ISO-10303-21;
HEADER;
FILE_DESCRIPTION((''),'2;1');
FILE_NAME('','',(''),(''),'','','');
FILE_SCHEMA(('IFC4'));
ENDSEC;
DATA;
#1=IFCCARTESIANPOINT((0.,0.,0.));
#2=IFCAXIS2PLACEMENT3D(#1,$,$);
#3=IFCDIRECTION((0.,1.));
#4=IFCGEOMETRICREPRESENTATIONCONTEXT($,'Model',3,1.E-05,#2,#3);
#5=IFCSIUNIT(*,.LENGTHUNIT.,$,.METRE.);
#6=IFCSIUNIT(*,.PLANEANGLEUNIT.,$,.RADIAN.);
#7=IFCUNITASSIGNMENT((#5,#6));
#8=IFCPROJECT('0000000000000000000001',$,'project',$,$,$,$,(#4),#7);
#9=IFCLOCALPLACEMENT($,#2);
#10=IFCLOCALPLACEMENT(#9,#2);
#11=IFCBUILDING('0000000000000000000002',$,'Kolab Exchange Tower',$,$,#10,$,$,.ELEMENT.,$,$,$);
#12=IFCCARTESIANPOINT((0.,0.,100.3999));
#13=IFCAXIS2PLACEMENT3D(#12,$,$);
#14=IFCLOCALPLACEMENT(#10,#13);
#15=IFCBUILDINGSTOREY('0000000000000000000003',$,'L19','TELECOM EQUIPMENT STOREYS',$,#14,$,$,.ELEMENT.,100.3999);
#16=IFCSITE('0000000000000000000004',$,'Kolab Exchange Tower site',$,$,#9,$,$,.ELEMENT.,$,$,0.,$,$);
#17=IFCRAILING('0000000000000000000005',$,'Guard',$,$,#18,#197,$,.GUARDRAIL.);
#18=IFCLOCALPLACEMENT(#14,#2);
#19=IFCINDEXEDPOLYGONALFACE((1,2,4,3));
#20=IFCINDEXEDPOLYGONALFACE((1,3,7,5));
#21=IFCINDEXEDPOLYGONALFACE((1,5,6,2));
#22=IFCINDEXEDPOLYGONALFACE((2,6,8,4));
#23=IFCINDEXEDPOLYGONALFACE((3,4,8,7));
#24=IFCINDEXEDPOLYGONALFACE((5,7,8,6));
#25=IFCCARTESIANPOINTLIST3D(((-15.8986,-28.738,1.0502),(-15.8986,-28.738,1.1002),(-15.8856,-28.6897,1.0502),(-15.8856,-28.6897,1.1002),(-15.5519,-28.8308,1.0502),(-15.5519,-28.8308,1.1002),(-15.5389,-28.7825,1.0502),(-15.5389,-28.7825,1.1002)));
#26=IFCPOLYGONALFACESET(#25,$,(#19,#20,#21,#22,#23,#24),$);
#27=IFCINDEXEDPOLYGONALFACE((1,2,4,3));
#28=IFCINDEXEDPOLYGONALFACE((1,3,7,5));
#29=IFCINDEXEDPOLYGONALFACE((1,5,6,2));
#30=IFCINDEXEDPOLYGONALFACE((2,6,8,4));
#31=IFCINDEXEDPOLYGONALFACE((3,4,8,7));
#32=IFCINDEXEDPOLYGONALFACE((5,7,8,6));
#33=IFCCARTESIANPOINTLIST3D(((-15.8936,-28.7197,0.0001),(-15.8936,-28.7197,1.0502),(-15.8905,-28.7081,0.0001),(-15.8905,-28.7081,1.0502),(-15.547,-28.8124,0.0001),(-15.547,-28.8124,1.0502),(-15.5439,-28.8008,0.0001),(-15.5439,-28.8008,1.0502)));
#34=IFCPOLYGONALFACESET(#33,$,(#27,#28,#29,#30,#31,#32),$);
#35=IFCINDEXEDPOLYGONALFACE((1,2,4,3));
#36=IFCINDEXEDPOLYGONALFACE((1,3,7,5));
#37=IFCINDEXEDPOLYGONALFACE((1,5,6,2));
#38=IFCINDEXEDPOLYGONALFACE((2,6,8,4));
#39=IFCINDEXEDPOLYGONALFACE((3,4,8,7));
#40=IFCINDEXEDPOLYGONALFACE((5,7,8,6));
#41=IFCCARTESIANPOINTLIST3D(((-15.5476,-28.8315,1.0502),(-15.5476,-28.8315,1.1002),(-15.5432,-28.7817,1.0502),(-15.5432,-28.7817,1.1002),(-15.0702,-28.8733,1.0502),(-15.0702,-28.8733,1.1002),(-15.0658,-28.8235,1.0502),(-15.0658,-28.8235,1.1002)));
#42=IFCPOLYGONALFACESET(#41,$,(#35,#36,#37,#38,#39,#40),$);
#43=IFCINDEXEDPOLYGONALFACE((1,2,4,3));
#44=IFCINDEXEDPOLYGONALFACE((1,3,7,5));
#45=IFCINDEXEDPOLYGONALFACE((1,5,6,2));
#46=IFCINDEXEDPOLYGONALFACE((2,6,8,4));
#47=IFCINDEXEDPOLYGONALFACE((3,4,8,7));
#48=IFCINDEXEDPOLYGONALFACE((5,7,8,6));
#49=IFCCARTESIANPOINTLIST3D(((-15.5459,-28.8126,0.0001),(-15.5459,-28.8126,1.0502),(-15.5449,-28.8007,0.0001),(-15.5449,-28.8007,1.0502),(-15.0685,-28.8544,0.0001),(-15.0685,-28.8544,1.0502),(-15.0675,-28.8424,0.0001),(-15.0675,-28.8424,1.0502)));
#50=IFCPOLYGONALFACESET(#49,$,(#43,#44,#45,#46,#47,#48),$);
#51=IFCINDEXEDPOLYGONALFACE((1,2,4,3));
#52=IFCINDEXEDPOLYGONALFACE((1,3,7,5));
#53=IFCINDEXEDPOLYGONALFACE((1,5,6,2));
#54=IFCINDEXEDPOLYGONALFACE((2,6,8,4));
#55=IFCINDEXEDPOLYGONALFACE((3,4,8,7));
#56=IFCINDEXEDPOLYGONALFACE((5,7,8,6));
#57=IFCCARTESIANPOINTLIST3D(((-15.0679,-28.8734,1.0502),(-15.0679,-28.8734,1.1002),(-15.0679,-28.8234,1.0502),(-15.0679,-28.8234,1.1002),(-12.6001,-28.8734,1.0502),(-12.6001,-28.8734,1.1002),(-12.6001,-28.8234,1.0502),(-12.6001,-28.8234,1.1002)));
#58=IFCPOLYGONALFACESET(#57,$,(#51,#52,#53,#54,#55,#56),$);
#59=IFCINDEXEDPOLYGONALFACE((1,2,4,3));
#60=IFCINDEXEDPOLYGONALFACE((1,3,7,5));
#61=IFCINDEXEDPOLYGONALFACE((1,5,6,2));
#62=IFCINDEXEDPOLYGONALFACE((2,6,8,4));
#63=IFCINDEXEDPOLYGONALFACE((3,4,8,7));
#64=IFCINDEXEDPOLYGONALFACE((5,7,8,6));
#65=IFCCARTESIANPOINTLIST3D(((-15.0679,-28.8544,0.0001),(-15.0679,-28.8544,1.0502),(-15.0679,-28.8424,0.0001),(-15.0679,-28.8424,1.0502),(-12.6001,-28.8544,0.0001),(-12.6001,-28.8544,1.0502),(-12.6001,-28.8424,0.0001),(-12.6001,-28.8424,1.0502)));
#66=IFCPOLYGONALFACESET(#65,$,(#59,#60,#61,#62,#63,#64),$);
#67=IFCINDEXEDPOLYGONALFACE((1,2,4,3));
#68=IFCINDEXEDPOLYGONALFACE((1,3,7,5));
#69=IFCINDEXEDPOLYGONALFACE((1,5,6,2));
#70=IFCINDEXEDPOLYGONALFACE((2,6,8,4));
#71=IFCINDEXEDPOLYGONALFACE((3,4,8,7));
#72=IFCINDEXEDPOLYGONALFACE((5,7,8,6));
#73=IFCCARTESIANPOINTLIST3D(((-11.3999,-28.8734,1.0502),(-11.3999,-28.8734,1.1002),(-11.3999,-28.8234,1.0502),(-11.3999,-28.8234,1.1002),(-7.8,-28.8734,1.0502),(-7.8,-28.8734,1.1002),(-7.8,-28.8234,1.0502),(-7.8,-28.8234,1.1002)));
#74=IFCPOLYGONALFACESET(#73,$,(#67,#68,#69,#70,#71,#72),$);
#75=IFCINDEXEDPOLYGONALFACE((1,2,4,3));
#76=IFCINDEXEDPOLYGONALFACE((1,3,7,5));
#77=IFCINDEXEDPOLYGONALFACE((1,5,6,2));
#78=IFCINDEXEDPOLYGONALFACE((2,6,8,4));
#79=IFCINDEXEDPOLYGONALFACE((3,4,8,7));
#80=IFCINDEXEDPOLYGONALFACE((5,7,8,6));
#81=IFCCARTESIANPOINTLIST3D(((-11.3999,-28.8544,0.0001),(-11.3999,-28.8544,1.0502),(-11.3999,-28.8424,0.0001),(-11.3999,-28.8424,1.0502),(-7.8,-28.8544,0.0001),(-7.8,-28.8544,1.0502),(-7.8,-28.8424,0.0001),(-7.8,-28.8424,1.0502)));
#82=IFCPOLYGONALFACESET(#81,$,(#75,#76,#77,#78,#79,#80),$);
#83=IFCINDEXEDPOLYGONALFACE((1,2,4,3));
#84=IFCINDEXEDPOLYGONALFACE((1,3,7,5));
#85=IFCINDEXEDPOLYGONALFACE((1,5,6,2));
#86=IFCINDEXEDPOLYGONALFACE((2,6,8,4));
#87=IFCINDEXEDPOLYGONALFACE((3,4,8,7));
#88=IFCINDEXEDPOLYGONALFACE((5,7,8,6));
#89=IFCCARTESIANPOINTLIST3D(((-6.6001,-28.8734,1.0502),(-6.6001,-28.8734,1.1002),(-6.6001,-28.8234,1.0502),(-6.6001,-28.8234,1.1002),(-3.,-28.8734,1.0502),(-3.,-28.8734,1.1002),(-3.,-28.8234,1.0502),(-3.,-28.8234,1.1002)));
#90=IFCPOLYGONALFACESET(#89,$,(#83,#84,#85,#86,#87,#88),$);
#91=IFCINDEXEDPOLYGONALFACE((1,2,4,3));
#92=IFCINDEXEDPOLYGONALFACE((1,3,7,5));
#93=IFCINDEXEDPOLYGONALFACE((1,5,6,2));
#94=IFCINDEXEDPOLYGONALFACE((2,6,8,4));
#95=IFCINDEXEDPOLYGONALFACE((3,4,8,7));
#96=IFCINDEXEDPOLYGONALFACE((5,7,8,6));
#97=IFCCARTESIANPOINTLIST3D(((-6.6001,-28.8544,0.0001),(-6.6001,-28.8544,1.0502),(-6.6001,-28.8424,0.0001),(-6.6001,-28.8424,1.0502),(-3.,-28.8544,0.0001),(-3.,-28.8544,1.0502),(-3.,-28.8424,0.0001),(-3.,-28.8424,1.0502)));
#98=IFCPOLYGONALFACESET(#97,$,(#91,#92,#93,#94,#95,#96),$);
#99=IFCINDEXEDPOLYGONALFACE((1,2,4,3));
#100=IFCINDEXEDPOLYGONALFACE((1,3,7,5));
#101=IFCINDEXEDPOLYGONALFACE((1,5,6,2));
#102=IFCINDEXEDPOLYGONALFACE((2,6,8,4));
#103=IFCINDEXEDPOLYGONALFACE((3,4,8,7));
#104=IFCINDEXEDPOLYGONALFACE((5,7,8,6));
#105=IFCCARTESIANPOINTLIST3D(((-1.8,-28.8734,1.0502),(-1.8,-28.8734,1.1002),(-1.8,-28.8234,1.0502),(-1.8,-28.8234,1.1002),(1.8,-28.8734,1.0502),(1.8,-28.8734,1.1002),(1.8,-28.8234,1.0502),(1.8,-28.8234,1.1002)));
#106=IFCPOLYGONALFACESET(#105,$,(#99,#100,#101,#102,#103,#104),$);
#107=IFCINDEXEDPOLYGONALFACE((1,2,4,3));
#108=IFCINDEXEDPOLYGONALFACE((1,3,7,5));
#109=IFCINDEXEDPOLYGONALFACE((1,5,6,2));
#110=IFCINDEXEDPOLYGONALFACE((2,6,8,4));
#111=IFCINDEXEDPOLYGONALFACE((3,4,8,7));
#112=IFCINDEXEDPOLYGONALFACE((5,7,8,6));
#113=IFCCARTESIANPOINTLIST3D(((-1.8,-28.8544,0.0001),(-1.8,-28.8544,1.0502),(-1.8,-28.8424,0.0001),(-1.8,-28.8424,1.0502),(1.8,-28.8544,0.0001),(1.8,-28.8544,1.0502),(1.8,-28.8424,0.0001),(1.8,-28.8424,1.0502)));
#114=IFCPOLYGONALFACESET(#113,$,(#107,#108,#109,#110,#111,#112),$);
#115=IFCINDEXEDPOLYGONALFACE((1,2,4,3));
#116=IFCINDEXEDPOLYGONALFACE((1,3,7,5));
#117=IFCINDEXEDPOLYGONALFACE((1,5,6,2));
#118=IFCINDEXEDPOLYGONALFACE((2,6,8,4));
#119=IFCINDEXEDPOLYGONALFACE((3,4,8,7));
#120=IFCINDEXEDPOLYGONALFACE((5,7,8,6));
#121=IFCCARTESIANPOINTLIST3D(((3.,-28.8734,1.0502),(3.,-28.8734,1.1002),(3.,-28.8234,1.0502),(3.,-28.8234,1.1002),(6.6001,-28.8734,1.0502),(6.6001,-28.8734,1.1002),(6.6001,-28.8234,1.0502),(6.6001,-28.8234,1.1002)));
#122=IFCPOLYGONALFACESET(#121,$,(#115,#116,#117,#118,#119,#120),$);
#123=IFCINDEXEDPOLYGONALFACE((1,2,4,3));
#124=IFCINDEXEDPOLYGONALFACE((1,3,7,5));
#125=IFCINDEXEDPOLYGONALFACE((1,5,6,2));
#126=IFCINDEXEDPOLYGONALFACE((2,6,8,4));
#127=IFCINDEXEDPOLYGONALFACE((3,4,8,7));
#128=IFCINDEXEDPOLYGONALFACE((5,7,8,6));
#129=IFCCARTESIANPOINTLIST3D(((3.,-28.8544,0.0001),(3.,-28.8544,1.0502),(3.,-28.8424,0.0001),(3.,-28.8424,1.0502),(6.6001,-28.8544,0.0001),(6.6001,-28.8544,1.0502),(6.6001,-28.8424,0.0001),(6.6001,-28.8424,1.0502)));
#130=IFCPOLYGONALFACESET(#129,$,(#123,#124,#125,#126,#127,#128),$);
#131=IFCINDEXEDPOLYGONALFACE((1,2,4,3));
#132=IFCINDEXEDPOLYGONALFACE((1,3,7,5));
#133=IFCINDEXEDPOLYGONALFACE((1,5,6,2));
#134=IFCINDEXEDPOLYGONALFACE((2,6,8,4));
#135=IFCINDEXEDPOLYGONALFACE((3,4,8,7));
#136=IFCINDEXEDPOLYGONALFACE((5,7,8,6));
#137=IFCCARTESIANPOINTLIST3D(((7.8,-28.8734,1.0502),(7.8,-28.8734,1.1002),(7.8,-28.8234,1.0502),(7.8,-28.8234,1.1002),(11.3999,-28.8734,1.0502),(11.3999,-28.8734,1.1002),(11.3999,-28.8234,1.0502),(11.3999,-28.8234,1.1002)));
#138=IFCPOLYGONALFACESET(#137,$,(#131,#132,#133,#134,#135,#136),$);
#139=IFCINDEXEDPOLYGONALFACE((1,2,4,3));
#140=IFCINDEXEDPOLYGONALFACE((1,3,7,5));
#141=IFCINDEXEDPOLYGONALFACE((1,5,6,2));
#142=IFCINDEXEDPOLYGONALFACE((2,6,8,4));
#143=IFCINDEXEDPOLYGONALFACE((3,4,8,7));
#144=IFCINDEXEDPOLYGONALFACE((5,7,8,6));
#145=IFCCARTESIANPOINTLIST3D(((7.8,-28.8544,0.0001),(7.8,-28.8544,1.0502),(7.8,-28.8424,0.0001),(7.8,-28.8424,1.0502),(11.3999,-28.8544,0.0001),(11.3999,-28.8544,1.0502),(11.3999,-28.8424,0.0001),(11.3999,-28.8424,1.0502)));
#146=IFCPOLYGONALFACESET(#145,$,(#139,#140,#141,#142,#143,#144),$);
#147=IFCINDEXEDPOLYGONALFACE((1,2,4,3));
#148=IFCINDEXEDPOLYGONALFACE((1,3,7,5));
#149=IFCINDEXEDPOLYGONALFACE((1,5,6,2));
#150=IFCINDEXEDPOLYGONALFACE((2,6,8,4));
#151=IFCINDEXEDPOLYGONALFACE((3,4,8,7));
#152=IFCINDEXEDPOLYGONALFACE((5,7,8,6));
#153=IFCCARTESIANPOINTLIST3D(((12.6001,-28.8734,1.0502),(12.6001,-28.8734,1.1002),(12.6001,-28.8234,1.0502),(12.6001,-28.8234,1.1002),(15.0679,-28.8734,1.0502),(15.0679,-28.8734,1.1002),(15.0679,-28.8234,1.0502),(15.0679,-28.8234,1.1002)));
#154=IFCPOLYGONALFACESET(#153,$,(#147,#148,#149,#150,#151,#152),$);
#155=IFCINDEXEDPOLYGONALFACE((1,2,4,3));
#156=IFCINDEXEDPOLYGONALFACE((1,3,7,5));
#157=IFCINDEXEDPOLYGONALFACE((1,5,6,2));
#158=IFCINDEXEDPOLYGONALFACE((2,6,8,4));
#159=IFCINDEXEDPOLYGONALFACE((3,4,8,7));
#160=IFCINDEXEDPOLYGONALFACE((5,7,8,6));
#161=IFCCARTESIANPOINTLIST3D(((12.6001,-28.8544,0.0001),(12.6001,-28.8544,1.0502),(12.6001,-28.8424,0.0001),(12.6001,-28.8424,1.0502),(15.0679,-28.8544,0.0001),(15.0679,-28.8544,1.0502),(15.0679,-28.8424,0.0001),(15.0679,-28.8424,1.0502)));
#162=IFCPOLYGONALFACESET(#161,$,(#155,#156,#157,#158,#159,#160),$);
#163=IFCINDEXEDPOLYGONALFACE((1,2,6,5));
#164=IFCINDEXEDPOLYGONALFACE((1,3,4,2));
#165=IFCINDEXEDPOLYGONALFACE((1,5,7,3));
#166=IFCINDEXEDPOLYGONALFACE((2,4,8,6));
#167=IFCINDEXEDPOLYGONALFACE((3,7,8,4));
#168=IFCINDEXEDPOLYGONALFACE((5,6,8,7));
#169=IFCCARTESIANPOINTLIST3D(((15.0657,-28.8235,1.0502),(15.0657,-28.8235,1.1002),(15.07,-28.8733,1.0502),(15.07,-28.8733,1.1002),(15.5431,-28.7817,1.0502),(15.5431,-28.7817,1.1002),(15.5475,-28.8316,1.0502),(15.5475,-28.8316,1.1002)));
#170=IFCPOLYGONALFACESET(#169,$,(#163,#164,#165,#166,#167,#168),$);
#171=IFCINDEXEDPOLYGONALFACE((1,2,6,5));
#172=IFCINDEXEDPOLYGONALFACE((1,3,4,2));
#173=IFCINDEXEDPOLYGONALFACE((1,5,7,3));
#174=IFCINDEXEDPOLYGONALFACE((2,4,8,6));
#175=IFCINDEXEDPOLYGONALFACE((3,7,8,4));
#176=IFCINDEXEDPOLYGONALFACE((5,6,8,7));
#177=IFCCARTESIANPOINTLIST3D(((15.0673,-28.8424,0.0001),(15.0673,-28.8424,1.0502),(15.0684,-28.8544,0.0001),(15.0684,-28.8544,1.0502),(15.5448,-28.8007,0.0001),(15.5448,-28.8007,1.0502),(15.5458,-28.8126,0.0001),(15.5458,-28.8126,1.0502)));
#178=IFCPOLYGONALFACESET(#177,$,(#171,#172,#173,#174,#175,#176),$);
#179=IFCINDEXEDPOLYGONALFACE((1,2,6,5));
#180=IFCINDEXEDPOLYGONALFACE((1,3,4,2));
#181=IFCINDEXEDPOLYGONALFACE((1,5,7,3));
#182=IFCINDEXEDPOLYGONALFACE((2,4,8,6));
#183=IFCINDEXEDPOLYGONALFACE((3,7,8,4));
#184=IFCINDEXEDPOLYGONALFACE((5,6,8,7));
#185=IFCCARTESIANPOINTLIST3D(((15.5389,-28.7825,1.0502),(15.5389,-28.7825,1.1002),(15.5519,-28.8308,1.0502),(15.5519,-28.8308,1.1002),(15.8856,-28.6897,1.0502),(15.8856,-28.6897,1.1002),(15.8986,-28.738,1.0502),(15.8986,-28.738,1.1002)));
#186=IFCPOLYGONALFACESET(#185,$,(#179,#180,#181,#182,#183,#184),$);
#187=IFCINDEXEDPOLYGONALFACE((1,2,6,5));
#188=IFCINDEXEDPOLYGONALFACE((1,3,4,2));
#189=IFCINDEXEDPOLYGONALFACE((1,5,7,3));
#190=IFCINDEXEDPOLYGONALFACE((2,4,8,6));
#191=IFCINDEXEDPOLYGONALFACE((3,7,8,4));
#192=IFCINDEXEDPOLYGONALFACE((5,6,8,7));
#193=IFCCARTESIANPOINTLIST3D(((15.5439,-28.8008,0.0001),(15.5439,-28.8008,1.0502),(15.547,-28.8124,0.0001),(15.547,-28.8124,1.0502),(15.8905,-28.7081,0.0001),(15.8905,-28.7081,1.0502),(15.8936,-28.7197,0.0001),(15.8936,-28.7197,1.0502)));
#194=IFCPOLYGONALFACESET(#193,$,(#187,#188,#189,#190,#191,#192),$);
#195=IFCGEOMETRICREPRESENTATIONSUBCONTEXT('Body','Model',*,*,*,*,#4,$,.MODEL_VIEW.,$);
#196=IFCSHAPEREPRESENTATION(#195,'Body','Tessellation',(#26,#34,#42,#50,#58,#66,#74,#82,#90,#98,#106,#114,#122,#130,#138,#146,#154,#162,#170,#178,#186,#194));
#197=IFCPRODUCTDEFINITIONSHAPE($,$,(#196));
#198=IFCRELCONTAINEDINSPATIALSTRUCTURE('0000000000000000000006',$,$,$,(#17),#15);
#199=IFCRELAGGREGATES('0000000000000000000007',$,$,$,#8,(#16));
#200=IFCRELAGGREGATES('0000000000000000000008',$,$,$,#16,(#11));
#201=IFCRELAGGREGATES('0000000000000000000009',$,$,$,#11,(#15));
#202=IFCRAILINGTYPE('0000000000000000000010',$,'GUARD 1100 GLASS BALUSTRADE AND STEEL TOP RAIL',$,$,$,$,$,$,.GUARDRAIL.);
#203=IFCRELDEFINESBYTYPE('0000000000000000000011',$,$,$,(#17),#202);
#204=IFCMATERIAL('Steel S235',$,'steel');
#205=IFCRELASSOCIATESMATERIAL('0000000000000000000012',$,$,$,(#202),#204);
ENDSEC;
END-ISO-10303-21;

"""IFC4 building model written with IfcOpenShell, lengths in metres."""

from ifc_helpers import new_model, si_unit, direction, frame, frame_2d, origin, origin_2d, place, context, subcontext, project, spatial, rectangle, extrude, material, type_object, element, save


model = new_model("IFC4")

# Units and contexts
model_context = context("Model", 3, precision=1e-05, world=origin(), true_north=direction((0.0, 1.0)))
body_context = subcontext(model_context, "Body", "Model", "MODEL_VIEW")
ifc_project = project(units=[si_unit("LENGTHUNIT", "METRE"), si_unit("PLANEANGLEUNIT", "RADIAN")], contexts=[model_context])

# Site, building, storey
site_placement = place(None, origin())
site = spatial("IfcSite", under=ifc_project, at=site_placement, Name="Kolab Exchange Tower site", CompositionType="ELEMENT", RefElevation=0.0)
building_placement = place(site_placement, origin())
building = spatial("IfcBuilding", under=site, at=building_placement, Name="Kolab Exchange Tower", CompositionType="ELEMENT")
storey_placement = place(building_placement, frame((0.0, 0.0, 100.3999)))
storey = spatial("IfcBuildingStorey", under=building, at=storey_placement, Name="L19", Description="TELECOM EQUIPMENT STOREYS", CompositionType="ELEMENT", Elevation=100.3999)

# Railing
ifc_material_1 = material(Name="Steel S235", Category="steel")
railing_type = type_object("IfcRailingType", Name="GUARD 1100 GLASS BALUSTRADE AND STEEL TOP RAIL", PredefinedType="GUARDRAIL", material=ifc_material_1)
railing_placement = place(storey_placement, frame((-15.8921, -28.7139, 0.0)))
element("IfcRailing", 1, at=railing_placement, inside=storey, type_object=railing_type, Name="Guard", PredefinedType="GUARDRAIL", context=body_context, shape_type="SweptSolid", body=[
    extrude(rectangle(XDim=0.05, YDim=0.05, at=origin_2d()), frame((0.0, 0.0, 1.0752), z_axis=(0.966009, -0.258509, 0.0), x_axis=(0.258509, 0.966009, 0.0)), (0.0, 0.0, 1.0), 0.3589),
    extrude(rectangle(XDim=0.012, YDim=1.0501, at=frame_2d((0.0, 0.5251))), frame((0.0, 0.0, 0.0), z_axis=(0.966009, -0.258509, 0.0), x_axis=(0.258509, 0.966009, 0.0)), (0.0, 0.0, 1.0), 0.3589),
    extrude(rectangle(XDim=0.05, YDim=0.05, at=origin_2d()), frame((0.3467, -0.0928, 1.0752), z_axis=(0.9962, -0.087091, 0.0), x_axis=(0.087091, 0.9962, 0.0)), (0.0, 0.0, 1.0), 0.4792),
    extrude(rectangle(XDim=0.012, YDim=1.0501, at=frame_2d((0.0, 0.5251))), frame((0.3467, -0.0928, 0.0), z_axis=(0.9962, -0.087091, 0.0), x_axis=(0.087091, 0.9962, 0.0)), (0.0, 0.0, 1.0), 0.4792),
    extrude(rectangle(XDim=0.05, YDim=0.05, at=origin_2d()), frame((0.8242, -0.1345, 1.0752), z_axis=(1.0, 0.0, 0.0), x_axis=(0.0, 1.0, 0.0)), (0.0, 0.0, 1.0), 2.4678),
    extrude(rectangle(XDim=0.012, YDim=1.0501, at=frame_2d((0.0, 0.5251))), frame((0.8242, -0.1345, 0.0), z_axis=(1.0, 0.0, 0.0), x_axis=(0.0, 1.0, 0.0)), (0.0, 0.0, 1.0), 2.4678),
    extrude(rectangle(XDim=0.05, YDim=0.05, at=origin_2d()), frame((4.4922, -0.1345, 1.0752), z_axis=(1.0, 0.0, 0.0), x_axis=(0.0, 1.0, 0.0)), (0.0, 0.0, 1.0), 3.5999),
    extrude(rectangle(XDim=0.012, YDim=1.0501, at=frame_2d((0.0, 0.5251))), frame((4.4922, -0.1345, 0.0), z_axis=(1.0, 0.0, 0.0), x_axis=(0.0, 1.0, 0.0)), (0.0, 0.0, 1.0), 3.5999),
    extrude(rectangle(XDim=0.05, YDim=0.05, at=origin_2d()), frame((9.292, -0.1345, 1.0752), z_axis=(1.0, 0.0, 0.0), x_axis=(0.0, 1.0, 0.0)), (0.0, 0.0, 1.0), 3.6001),
    extrude(rectangle(XDim=0.012, YDim=1.0501, at=frame_2d((0.0, 0.5251))), frame((9.292, -0.1345, 0.0), z_axis=(1.0, 0.0, 0.0), x_axis=(0.0, 1.0, 0.0)), (0.0, 0.0, 1.0), 3.6001),
    extrude(rectangle(XDim=0.05, YDim=0.05, at=origin_2d()), frame((14.092, -0.1345, 1.0752), z_axis=(1.0, 0.0, 0.0), x_axis=(0.0, 1.0, 0.0)), (0.0, 0.0, 1.0), 3.6001),
    extrude(rectangle(XDim=0.012, YDim=1.0501, at=frame_2d((0.0, 0.5251))), frame((14.092, -0.1345, 0.0), z_axis=(1.0, 0.0, 0.0), x_axis=(0.0, 1.0, 0.0)), (0.0, 0.0, 1.0), 3.6001),
    extrude(rectangle(XDim=0.05, YDim=0.05, at=origin_2d()), frame((18.8921, -0.1345, 1.0752), z_axis=(1.0, 0.0, 0.0), x_axis=(0.0, 1.0, 0.0)), (0.0, 0.0, 1.0), 3.6001),
    extrude(rectangle(XDim=0.012, YDim=1.0501, at=frame_2d((0.0, 0.5251))), frame((18.8921, -0.1345, 0.0), z_axis=(1.0, 0.0, 0.0), x_axis=(0.0, 1.0, 0.0)), (0.0, 0.0, 1.0), 3.6001),
    extrude(rectangle(XDim=0.05, YDim=0.05, at=origin_2d()), frame((23.6921, -0.1345, 1.0752), z_axis=(1.0, 0.0, 0.0), x_axis=(0.0, 1.0, 0.0)), (0.0, 0.0, 1.0), 3.5999),
    extrude(rectangle(XDim=0.012, YDim=1.0501, at=frame_2d((0.0, 0.5251))), frame((23.6921, -0.1345, 0.0), z_axis=(1.0, 0.0, 0.0), x_axis=(0.0, 1.0, 0.0)), (0.0, 0.0, 1.0), 3.5999),
    extrude(rectangle(XDim=0.05, YDim=0.05, at=origin_2d()), frame((28.4922, -0.1345, 1.0752), z_axis=(1.0, 0.0, 0.0), x_axis=(0.0, 1.0, 0.0)), (0.0, 0.0, 1.0), 2.4678),
    extrude(rectangle(XDim=0.012, YDim=1.0501, at=frame_2d((0.0, 0.5251))), frame((28.4922, -0.1345, 0.0), z_axis=(1.0, 0.0, 0.0), x_axis=(0.0, 1.0, 0.0)), (0.0, 0.0, 1.0), 2.4678),
    extrude(rectangle(XDim=0.05, YDim=0.05, at=origin_2d()), frame((30.96, -0.1345, 1.0752), z_axis=(0.9962, 0.087091, 0.0), x_axis=(-0.087091, 0.9962, 0.0)), (0.0, 0.0, 1.0), 0.4792),
    extrude(rectangle(XDim=0.012, YDim=1.0501, at=frame_2d((0.0, 0.5251))), frame((30.96, -0.1345, 0.0), z_axis=(0.9962, 0.087091, 0.0), x_axis=(-0.087091, 0.9962, 0.0)), (0.0, 0.0, 1.0), 0.4792),
    extrude(rectangle(XDim=0.05, YDim=0.05, at=origin_2d()), frame((31.4375, -0.0928, 1.0752), z_axis=(0.966009, 0.258509, 0.0), x_axis=(-0.258509, 0.966009, 0.0)), (0.0, 0.0, 1.0), 0.3589),
    extrude(rectangle(XDim=0.012, YDim=1.0501, at=frame_2d((0.0, 0.5251))), frame((31.4375, -0.0928, 0.0), z_axis=(0.966009, 0.258509, 0.0), x_axis=(-0.258509, 0.966009, 0.0)), (0.0, 0.0, 1.0), 0.3589),
])

save(model, "model.ifc")
